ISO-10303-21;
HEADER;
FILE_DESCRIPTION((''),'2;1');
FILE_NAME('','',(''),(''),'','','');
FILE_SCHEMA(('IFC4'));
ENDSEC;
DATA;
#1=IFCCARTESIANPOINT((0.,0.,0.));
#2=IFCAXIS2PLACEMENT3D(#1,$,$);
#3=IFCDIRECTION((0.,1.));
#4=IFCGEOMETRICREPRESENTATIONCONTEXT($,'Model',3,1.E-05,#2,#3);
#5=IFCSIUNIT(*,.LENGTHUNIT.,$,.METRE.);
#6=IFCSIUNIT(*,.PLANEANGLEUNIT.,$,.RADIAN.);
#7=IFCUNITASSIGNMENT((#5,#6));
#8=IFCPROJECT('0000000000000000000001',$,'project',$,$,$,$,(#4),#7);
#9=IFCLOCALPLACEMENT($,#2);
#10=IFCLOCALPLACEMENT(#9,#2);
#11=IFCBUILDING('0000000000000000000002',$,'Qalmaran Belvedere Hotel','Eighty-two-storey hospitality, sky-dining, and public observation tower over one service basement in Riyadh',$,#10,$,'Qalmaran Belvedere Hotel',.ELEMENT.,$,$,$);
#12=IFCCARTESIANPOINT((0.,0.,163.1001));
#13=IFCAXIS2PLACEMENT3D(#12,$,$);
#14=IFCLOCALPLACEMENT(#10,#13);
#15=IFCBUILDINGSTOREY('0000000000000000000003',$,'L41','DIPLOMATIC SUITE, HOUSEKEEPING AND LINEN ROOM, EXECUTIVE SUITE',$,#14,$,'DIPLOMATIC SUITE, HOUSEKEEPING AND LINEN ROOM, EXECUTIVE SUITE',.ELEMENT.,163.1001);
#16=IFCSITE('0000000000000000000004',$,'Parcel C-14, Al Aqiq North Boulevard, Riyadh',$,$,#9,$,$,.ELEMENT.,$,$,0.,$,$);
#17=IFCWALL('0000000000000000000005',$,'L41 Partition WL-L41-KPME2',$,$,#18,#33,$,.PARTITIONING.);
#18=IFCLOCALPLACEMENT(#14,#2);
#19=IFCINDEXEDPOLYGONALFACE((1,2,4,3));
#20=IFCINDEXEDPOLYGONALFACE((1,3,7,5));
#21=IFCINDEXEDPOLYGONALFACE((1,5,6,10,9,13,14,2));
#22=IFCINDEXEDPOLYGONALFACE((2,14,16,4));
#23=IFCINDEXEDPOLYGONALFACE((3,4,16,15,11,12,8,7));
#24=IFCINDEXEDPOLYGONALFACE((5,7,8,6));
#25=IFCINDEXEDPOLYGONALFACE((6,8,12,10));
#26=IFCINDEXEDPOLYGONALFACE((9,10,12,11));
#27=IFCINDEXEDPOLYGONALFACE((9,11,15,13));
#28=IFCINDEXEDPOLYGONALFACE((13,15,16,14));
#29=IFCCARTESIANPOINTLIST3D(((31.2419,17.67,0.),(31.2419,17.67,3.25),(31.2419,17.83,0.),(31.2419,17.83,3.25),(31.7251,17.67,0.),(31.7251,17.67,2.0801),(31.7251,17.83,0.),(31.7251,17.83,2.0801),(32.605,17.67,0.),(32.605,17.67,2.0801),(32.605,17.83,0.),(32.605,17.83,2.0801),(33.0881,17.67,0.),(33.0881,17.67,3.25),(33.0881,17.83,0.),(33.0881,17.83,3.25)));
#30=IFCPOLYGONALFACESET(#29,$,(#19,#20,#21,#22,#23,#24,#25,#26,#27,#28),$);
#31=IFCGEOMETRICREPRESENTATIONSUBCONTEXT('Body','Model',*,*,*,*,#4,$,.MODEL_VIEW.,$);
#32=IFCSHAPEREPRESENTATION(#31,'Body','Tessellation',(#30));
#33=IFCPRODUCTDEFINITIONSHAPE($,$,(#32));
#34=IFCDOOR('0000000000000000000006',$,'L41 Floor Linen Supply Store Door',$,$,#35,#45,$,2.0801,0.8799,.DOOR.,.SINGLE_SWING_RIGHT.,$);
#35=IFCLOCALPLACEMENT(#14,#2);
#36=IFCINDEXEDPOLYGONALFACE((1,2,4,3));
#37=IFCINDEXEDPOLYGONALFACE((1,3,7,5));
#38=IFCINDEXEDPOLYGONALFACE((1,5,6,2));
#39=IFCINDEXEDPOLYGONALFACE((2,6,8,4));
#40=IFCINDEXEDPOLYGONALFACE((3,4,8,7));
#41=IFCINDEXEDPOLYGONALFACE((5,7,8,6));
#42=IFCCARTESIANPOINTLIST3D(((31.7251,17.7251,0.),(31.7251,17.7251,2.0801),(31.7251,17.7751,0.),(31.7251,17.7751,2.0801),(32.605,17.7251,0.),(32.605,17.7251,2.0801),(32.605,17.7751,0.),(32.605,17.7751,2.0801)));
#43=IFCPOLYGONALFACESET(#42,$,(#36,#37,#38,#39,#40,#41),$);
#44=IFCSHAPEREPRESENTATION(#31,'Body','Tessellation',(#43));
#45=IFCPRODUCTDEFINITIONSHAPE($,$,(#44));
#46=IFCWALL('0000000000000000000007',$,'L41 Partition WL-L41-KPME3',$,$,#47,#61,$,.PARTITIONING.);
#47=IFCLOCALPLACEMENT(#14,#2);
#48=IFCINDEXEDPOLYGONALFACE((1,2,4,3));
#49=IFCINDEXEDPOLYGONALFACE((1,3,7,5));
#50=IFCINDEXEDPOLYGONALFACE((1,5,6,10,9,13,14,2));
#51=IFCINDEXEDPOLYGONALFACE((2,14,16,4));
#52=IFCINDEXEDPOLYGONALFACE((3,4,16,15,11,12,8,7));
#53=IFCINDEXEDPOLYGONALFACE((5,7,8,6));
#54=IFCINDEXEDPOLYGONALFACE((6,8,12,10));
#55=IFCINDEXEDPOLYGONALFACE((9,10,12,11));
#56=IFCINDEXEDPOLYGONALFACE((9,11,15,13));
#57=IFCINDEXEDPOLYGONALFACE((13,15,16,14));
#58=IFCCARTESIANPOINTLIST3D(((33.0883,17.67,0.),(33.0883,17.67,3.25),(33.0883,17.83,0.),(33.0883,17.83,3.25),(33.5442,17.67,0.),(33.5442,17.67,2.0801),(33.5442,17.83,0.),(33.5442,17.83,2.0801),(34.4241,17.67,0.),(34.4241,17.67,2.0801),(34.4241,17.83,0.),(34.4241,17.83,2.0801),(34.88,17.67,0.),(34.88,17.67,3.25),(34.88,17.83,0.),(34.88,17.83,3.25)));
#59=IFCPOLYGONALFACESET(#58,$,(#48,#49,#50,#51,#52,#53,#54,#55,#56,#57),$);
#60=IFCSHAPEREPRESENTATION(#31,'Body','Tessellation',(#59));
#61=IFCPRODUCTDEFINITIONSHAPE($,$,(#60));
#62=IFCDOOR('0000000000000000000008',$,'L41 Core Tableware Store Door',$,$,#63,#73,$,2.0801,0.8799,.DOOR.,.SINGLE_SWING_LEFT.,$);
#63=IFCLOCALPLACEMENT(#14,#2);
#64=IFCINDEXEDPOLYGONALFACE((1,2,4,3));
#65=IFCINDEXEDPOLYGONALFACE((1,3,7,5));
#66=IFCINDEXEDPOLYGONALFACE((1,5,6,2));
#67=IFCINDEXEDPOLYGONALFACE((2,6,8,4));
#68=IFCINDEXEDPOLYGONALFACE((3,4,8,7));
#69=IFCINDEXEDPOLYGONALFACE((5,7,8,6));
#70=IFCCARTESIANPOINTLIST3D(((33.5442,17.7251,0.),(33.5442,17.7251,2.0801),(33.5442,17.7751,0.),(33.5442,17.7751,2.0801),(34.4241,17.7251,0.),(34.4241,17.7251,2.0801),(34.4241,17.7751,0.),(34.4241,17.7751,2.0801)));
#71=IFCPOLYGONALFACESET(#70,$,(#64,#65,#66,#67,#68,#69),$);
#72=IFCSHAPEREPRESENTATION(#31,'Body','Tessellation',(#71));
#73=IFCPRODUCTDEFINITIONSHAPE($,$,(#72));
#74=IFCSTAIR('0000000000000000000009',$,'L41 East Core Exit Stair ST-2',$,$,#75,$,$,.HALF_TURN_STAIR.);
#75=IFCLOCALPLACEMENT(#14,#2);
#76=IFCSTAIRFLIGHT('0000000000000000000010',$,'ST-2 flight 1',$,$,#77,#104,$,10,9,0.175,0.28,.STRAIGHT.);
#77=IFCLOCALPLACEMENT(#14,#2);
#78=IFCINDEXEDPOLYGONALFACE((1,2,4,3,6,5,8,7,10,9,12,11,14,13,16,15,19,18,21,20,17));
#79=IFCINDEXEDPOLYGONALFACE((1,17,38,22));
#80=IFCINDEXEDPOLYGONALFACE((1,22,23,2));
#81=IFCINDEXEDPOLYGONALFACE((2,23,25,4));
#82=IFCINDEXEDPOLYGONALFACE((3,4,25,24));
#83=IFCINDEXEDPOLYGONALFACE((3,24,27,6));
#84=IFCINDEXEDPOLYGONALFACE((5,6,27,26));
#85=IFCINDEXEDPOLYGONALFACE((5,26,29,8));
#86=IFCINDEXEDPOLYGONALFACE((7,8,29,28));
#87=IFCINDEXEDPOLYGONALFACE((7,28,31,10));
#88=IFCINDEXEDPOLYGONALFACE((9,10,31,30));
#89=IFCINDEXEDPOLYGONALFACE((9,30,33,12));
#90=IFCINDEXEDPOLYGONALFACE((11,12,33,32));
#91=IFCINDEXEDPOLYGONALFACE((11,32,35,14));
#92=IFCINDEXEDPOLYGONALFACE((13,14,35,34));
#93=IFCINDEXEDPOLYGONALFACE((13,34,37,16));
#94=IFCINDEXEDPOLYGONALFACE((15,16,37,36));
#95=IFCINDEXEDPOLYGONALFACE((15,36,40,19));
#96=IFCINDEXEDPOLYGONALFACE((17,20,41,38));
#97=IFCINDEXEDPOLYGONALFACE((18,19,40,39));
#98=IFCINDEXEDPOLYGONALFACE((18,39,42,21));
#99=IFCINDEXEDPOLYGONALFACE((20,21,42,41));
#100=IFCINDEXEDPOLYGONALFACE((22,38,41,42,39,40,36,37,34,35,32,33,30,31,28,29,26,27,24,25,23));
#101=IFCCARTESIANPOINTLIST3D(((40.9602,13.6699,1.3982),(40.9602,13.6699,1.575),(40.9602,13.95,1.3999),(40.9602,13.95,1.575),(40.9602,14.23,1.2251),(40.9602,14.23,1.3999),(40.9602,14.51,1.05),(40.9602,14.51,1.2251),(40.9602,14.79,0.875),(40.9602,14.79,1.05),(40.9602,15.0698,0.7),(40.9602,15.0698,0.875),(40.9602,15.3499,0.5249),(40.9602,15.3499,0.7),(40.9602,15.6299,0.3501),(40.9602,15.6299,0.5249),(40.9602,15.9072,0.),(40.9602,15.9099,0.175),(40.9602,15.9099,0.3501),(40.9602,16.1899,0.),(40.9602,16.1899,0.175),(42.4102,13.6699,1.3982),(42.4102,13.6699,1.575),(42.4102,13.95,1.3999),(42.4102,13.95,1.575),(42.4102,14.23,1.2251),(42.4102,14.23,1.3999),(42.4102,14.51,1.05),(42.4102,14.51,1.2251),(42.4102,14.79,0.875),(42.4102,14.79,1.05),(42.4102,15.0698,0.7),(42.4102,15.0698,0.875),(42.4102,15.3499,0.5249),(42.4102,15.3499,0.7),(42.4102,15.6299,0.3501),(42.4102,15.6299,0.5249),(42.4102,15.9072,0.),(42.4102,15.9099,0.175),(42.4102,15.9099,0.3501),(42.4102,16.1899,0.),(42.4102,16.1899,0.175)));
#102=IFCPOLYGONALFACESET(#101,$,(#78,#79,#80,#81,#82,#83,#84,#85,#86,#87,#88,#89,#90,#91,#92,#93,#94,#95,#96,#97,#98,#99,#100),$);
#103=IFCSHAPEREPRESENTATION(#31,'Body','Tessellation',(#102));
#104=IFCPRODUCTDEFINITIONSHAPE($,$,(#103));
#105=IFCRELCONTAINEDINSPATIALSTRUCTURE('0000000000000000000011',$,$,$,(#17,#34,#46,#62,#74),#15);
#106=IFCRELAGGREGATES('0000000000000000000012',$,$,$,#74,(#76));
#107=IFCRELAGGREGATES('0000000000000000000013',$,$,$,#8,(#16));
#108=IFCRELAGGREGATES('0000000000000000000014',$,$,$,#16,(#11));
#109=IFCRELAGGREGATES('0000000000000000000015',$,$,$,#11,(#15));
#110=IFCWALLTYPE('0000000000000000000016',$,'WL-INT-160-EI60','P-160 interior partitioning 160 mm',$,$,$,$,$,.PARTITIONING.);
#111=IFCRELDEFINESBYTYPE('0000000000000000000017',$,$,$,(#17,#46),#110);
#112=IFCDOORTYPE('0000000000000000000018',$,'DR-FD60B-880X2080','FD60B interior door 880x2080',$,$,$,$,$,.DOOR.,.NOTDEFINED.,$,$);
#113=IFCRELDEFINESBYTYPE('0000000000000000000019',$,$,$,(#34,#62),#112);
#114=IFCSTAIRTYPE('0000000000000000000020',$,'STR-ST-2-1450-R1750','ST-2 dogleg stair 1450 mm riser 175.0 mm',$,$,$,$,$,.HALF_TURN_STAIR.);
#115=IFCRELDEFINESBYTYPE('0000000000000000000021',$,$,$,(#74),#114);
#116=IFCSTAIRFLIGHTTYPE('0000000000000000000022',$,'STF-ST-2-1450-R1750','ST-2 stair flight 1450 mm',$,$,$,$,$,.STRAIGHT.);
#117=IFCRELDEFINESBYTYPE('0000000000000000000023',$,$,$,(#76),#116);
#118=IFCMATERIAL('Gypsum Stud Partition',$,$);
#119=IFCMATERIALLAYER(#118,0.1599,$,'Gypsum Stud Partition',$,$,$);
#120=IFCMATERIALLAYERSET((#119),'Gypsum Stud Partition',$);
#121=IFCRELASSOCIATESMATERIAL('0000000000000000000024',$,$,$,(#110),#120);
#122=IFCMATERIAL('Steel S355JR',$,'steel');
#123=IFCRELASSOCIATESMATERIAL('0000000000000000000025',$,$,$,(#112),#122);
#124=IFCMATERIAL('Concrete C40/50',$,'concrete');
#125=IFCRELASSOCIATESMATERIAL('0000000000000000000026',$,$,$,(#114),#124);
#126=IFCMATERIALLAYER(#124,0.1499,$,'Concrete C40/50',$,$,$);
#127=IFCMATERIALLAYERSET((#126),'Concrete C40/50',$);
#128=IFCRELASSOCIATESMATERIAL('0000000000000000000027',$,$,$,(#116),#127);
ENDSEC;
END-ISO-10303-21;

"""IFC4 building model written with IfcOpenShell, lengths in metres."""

from ifc_helpers import new_model, si_unit, direction, frame, frame_2d, origin, place, context, subcontext, project, spatial, polyline, rectangle, outline, extrude, material, layer, layer_set, type_object, element, fill, aggregate, save


model = new_model("IFC4")

# Units and contexts
model_context = context("Model", 3, precision=1e-05, world=origin(), true_north=direction((0.0, 1.0)))
body_context = subcontext(model_context, "Body", "Model", "MODEL_VIEW")
ifc_project = project(units=[si_unit("LENGTHUNIT", "METRE"), si_unit("PLANEANGLEUNIT", "RADIAN")], contexts=[model_context])

# Site, building, storey
site_placement = place(None, origin())
site = spatial("IfcSite", under=ifc_project, at=site_placement, Name="Parcel C-14, Al Aqiq North Boulevard, Riyadh", CompositionType="ELEMENT", RefElevation=0.0)
building_placement = place(site_placement, origin())
building = spatial("IfcBuilding", under=site, at=building_placement, Name="Qalmaran Belvedere Hotel", Description="Eighty-two-storey hospitality, sky-dining, and public observation tower over one service basement in Riyadh", LongName="Qalmaran Belvedere Hotel", CompositionType="ELEMENT")
storey_placement = place(building_placement, frame((0.0, 0.0, 163.1001)))
storey = spatial("IfcBuildingStorey", under=building, at=storey_placement, Name="L41", Description="DIPLOMATIC SUITE, HOUSEKEEPING AND LINEN ROOM, EXECUTIVE SUITE", LongName="DIPLOMATIC SUITE, HOUSEKEEPING AND LINEN ROOM, EXECUTIVE SUITE", CompositionType="ELEMENT", Elevation=163.1001)

# Shared definitions
ifc_material_1 = material(Name="Steel S355JR", Category="steel")

# Shared definitions
ifc_material_2 = material(Name="Gypsum Stud Partition")

# Walls, openings, doors
ifc_layer_1 = layer(ifc_material_2, 0.1599, Name="Gypsum Stud Partition")
ifc_layer_set_1 = layer_set([ifc_layer_1], Name="Gypsum Stud Partition")
wall_type_1 = type_object("IfcWallType", Name="WL-INT-160-EI60", Description="P-160 interior partitioning 160 mm", PredefinedType="PARTITIONING", material=ifc_layer_set_1)
door_type_1 = type_object("IfcDoorType", Name="DR-FD60B-880X2080", Description="FD60B interior door 880x2080", OperationType="NOTDEFINED", PredefinedType="DOOR", material=ifc_material_1)
wall_1_placement = place(storey_placement, frame((31.2419, 17.75, 0.0), z_axis=(0.0, 0.0, 1.0), x_axis=(1.0, 0.0, 0.0)))
wall_1 = element("IfcWall", 1, at=wall_1_placement, inside=storey, type_object=wall_type_1, Name="L41 Partition WL-L41-KPME2", PredefinedType="PARTITIONING", context=body_context, shape_type="SweptSolid", body=[
    extrude(rectangle(XDim=1.8462, YDim=0.1599, at=frame_2d((0.9231, 0.0))), origin(), (0.0, 0.0, 1.0), 3.25),
])
opening_1_placement = place(wall_1_placement, frame((1.363, 0.0, 0.0), z_axis=(0.0, 0.0, 1.0), x_axis=(-1.0, 0.0, 0.0)))
opening_1 = element("IfcOpeningElement", 2, at=opening_1_placement, cuts=wall_1, PredefinedType="OPENING", context=body_context, shape_type="SweptSolid", body=[
    extrude(rectangle(XDim=0.8799, YDim=2.0801, at=frame_2d((0.4399, 1.04))), frame((0.0, 0.0898, 0.0), z_axis=(0.0, -1.0, 0.0), x_axis=(1.0, 0.0, 0.0)), (0.0, 0.0, 1.0), 0.1799),
])
door_1_placement = place(opening_1_placement, origin())
door_1 = element("IfcDoor", 3, at=door_1_placement, inside=storey, type_object=door_type_1, Name="L41 Floor Linen Supply Store Door", OperationType="SINGLE_SWING_RIGHT", OverallHeight=2.0801, OverallWidth=0.8799, PredefinedType="DOOR", context=body_context, shape_type="SweptSolid", body=[
    extrude(rectangle(XDim=0.8799, YDim=2.0801, at=frame_2d((0.4399, 1.04))), frame((0.0, 0.0249, 0.0), z_axis=(0.0, -1.0, 0.0), x_axis=(1.0, 0.0, 0.0)), (0.0, 0.0, 1.0), 0.05),
])
fill(opening_1, door_1)
wall_2_placement = place(storey_placement, frame((33.0881, 17.75, 0.0), z_axis=(0.0, 0.0, 1.0), x_axis=(1.0, 0.0, 0.0)))
wall_2 = element("IfcWall", 4, at=wall_2_placement, inside=storey, type_object=wall_type_1, Name="L41 Partition WL-L41-KPME3", PredefinedType="PARTITIONING", context=body_context, shape_type="SweptSolid", body=[
    extrude(rectangle(XDim=1.7917, YDim=0.1599, at=frame_2d((0.896, 0.0))), origin(), (0.0, 0.0, 1.0), 3.25),
])
opening_2_placement = place(wall_2_placement, frame((1.3359, 0.0, 0.0), z_axis=(0.0, 0.0, 1.0), x_axis=(-1.0, 0.0, 0.0)))
opening_2 = element("IfcOpeningElement", 5, at=opening_2_placement, cuts=wall_2, PredefinedType="OPENING", context=body_context, shape_type="SweptSolid", body=[
    extrude(rectangle(XDim=0.8799, YDim=2.0801, at=frame_2d((0.4399, 1.04))), frame((0.0, 0.0898, 0.0), z_axis=(0.0, -1.0, 0.0), x_axis=(1.0, 0.0, 0.0)), (0.0, 0.0, 1.0), 0.1799),
])
door_2_placement = place(opening_2_placement, origin())
door_2 = element("IfcDoor", 6, at=door_2_placement, inside=storey, type_object=door_type_1, Name="L41 Core Tableware Store Door", OperationType="SINGLE_SWING_LEFT", OverallHeight=2.0801, OverallWidth=0.8799, PredefinedType="DOOR", context=body_context, shape_type="SweptSolid", body=[
    extrude(rectangle(XDim=0.8799, YDim=2.0801, at=frame_2d((0.4399, 1.04))), frame((0.0, 0.0249, 0.0), z_axis=(0.0, -1.0, 0.0), x_axis=(1.0, 0.0, 0.0)), (0.0, 0.0, 1.0), 0.05),
])
fill(opening_2, door_2)

# Stair, stair flight
ifc_material_3 = material(Name="Concrete C40/50", Category="concrete")
stair_type = type_object("IfcStairType", Name="STR-ST-2-1450-R1750", Description="ST-2 dogleg stair 1450 mm riser 175.0 mm", PredefinedType="HALF_TURN_STAIR", material=ifc_material_3)
stair_placement = place(storey_placement, origin())
stair = element("IfcStair", 7, at=stair_placement, inside=storey, type_object=stair_type, Name="L41 East Core Exit Stair ST-2", PredefinedType="HALF_TURN_STAIR")
ifc_layer_2 = layer(ifc_material_3, 0.1499, Name="Concrete C40/50")
ifc_layer_set_2 = layer_set([ifc_layer_2], Name="Concrete C40/50")
stair_flight_type = type_object("IfcStairFlightType", Name="STF-ST-2-1450-R1750", Description="ST-2 stair flight 1450 mm", PredefinedType="STRAIGHT", material=ifc_layer_set_2)
stair_flight_placement = place(storey_placement, frame((41.6851, 16.1899, 0.0), z_axis=(0.0, 0.0, 1.0), x_axis=(0.0, -1.0, 0.0)))
stair_flight = element("IfcStairFlight", 8, at=stair_flight_placement, type_object=stair_flight_type, Name="ST-2 flight 1", NumberOfRisers=10, NumberOfTreads=9, PredefinedType="STRAIGHT", RiserHeight=0.175, TreadLength=0.28, context=body_context, shape_type="SweptSolid", body=[
    extrude(outline(polyline([(0.0, 0.0), (0.0, 0.175), (0.28, 0.175), (0.28, 0.3501), (0.5601, 0.3501), (0.5601, 0.5249), (0.8401, 0.5249), (0.8401, 0.7), (1.1201, 0.7), (1.1201, 0.875), (1.3999, 0.875), (1.3999, 1.05), (1.6799, 1.05), (1.6799, 1.2251), (1.96, 1.2251), (1.96, 1.3999), (2.24, 1.3999), (2.24, 1.575), (2.52, 1.575), (2.52, 1.75), (2.52, 1.3982), (0.2827, 0.0), (0.0, 0.0)])), frame((0.0, 0.7251, 0.0), z_axis=(0.0, -1.0, 0.0), x_axis=(1.0, 0.0, 0.0)), (0.0, 0.0, 1.0), 1.45),
])
aggregate(stair, [stair_flight])

save(model, "model.ifc")
